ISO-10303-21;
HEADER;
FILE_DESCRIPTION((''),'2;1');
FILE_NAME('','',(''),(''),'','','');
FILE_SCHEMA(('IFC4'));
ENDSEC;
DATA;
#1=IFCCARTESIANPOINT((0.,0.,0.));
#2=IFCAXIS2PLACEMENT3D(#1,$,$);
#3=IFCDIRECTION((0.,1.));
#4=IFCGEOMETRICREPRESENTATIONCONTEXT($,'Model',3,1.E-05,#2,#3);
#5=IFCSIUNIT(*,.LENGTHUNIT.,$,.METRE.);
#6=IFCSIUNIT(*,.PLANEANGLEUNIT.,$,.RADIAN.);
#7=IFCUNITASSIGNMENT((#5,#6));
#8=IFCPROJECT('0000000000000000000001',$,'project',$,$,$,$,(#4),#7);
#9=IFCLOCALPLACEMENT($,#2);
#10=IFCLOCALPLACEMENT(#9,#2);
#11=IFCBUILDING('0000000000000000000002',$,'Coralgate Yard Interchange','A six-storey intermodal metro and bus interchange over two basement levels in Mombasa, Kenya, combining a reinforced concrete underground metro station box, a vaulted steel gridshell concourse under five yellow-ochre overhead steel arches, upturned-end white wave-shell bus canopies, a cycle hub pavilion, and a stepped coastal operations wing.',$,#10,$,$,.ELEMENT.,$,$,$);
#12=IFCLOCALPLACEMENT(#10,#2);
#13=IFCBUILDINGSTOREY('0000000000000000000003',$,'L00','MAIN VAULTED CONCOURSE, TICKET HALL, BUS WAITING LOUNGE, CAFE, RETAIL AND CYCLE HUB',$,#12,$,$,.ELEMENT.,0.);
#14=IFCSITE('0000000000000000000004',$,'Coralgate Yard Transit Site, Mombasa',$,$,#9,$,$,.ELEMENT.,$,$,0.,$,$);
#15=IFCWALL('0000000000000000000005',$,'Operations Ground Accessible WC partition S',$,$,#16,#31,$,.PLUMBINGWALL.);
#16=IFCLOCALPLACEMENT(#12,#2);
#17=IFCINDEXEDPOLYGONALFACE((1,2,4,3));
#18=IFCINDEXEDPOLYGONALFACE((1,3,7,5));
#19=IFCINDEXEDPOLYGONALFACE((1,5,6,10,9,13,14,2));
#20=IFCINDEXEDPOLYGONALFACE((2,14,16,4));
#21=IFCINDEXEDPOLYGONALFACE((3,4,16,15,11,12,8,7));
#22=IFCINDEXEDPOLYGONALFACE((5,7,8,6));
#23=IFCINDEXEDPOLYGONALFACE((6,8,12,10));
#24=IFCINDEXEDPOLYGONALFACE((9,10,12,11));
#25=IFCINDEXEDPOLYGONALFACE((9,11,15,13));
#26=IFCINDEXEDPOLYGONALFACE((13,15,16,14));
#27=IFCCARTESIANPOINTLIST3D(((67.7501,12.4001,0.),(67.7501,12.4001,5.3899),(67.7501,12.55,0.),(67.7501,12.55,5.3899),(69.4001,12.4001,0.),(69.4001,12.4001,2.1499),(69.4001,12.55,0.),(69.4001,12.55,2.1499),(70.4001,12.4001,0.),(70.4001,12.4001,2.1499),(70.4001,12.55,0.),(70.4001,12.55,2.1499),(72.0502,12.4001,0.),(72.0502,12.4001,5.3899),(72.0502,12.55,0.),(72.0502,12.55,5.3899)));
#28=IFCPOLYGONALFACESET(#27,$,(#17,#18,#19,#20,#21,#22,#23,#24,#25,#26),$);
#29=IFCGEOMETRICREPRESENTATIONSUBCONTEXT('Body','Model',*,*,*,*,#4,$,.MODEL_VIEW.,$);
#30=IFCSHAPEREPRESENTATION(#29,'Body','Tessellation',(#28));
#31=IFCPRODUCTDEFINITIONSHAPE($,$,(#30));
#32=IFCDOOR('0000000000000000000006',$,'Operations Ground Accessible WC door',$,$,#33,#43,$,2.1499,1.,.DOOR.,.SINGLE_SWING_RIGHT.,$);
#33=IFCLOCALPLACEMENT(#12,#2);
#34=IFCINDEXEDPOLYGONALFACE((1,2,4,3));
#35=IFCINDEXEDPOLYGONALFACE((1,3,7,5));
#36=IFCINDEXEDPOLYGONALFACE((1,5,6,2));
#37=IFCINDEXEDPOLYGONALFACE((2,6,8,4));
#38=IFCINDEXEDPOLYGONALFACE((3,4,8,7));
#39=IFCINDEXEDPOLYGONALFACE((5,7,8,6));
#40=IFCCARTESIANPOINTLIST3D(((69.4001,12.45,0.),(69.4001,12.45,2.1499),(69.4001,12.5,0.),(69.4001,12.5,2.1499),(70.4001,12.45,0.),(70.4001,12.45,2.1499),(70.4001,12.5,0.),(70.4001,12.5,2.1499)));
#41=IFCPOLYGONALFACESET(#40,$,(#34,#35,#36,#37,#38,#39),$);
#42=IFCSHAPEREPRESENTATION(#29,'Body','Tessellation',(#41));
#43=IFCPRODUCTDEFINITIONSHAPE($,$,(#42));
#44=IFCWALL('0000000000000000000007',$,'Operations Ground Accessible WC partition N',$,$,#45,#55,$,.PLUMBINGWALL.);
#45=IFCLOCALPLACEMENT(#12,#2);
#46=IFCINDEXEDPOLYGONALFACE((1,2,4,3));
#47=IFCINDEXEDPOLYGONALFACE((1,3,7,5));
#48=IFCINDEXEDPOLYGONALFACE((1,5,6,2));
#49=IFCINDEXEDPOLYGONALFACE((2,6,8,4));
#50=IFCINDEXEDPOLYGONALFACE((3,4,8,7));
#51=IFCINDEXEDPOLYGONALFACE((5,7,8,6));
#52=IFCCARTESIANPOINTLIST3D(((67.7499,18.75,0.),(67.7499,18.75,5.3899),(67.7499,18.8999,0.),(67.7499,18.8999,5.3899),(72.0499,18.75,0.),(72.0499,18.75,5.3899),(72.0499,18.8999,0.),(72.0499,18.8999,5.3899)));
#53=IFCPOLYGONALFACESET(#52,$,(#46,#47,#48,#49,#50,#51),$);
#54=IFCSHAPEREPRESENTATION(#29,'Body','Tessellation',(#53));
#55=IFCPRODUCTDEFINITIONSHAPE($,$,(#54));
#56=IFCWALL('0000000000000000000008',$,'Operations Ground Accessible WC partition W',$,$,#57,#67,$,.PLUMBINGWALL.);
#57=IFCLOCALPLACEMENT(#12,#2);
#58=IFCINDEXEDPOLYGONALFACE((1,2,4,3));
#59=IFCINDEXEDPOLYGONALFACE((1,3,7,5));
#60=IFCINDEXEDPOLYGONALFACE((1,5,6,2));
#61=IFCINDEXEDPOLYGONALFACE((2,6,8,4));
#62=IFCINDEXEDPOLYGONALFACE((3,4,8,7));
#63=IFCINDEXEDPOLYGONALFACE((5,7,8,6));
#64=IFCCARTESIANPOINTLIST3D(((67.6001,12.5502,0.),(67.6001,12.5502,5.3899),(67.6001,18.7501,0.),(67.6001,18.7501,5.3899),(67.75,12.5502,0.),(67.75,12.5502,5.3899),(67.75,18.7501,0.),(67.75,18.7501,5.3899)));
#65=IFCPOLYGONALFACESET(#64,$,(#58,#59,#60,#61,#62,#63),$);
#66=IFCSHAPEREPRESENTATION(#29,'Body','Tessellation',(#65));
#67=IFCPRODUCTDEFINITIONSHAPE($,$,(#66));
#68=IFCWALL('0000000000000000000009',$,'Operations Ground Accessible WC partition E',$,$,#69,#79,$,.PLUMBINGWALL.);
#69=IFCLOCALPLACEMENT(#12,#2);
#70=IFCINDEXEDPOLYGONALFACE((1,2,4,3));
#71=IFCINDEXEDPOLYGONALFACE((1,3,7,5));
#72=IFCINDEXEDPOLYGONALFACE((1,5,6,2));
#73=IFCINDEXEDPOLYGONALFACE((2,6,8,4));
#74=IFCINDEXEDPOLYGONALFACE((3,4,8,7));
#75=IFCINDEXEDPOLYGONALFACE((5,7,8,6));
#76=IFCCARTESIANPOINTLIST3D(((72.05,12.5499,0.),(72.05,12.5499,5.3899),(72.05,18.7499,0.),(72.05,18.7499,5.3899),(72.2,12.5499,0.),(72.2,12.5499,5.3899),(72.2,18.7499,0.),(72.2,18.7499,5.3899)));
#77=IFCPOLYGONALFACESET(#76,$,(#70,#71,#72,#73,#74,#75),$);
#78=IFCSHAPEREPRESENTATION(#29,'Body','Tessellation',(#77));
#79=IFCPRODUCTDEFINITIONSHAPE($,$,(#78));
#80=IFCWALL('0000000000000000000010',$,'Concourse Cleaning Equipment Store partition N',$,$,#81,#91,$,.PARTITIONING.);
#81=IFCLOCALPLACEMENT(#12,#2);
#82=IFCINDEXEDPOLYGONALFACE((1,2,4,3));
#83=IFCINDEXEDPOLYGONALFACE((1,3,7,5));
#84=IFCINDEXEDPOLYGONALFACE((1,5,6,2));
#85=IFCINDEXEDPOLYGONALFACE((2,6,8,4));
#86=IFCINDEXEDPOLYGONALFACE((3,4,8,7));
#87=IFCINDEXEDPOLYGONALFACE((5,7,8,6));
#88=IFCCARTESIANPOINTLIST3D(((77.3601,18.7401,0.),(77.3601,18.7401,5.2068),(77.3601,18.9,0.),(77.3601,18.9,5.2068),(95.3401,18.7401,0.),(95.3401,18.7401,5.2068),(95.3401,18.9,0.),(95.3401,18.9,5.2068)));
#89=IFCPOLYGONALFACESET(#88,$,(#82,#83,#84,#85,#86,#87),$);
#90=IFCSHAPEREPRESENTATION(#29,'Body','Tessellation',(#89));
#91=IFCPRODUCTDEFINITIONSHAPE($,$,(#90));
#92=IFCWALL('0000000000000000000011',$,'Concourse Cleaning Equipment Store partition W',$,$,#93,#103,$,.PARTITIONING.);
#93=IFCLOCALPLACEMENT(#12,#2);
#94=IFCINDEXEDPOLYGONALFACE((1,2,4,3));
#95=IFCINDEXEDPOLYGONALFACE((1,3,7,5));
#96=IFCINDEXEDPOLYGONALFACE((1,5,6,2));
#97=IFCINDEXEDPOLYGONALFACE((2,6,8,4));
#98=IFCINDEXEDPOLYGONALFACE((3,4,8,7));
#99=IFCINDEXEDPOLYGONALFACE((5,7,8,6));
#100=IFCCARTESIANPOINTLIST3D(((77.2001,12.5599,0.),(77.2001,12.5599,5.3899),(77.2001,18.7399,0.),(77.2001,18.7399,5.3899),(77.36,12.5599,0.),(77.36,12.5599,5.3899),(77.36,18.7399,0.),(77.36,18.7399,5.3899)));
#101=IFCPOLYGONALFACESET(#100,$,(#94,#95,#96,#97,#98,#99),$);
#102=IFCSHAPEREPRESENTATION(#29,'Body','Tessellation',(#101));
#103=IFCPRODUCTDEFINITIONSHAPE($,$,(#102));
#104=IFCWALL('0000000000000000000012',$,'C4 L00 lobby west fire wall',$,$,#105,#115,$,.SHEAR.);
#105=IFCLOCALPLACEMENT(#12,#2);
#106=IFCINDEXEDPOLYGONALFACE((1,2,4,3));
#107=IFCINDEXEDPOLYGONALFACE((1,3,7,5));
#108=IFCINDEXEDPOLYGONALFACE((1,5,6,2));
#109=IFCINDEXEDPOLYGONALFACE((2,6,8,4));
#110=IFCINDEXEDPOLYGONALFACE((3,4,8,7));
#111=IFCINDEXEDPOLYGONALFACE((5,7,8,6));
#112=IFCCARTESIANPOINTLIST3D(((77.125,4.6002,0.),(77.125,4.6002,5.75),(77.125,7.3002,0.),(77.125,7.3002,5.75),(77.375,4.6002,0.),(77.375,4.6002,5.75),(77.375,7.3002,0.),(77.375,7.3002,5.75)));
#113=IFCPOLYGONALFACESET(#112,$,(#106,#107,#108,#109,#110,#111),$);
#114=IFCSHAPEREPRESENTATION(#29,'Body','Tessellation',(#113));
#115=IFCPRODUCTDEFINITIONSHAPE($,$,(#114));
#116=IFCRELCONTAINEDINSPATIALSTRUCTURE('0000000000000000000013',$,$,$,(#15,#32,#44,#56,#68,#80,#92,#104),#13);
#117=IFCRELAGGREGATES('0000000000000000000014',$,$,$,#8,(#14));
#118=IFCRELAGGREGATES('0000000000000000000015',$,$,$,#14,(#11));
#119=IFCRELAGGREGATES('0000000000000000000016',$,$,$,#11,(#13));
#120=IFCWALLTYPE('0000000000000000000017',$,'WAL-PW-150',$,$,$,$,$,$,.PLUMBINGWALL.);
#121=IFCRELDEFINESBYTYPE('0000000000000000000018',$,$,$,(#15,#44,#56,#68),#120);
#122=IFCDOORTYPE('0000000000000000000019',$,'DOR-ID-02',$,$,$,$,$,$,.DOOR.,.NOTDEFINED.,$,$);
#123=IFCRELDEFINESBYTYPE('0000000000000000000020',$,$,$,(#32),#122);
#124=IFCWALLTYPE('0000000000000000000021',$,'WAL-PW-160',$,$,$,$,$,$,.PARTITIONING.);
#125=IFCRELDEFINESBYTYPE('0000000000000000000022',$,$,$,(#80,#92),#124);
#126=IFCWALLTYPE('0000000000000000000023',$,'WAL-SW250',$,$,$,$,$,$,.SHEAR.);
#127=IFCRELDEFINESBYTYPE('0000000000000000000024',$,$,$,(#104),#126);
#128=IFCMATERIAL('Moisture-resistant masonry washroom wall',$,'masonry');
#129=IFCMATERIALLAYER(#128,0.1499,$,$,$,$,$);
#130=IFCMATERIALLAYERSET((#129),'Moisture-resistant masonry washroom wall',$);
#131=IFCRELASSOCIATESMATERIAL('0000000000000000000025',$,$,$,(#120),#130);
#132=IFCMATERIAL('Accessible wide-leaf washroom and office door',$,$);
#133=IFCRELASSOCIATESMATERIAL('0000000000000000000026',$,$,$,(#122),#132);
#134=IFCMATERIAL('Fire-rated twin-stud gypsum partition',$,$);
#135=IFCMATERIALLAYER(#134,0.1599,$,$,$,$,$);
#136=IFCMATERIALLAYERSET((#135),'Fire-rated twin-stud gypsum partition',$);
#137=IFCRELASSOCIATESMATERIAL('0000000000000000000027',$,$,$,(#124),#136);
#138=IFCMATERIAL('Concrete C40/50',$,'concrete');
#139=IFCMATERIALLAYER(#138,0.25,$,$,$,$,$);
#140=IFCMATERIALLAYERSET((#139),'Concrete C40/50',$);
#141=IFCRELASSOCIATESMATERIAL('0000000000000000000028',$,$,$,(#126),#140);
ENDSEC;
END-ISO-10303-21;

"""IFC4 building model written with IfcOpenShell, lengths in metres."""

from ifc_helpers import new_model, si_unit, direction, frame, frame_2d, origin, place, context, subcontext, project, spatial, rectangle, extrude, material, layer, layer_set, type_object, element, fill, save


model = new_model("IFC4")

# Units and contexts
model_context = context("Model", 3, precision=1e-05, world=origin(), true_north=direction((0.0, 1.0)))
body_context = subcontext(model_context, "Body", "Model", "MODEL_VIEW")
ifc_project = project(units=[si_unit("LENGTHUNIT", "METRE"), si_unit("PLANEANGLEUNIT", "RADIAN")], contexts=[model_context])

# Site, building, storey
site_placement = place(None, origin())
site = spatial("IfcSite", under=ifc_project, at=site_placement, Name="Coralgate Yard Transit Site, Mombasa", CompositionType="ELEMENT", RefElevation=0.0)
building_placement = place(site_placement, origin())
building = spatial("IfcBuilding", under=site, at=building_placement, Name="Coralgate Yard Interchange", Description="A six-storey intermodal metro and bus interchange over two basement levels in Mombasa, Kenya, combining a reinforced concrete underground metro station box, a vaulted steel gridshell concourse under five yellow-ochre overhead steel arches, upturned-end white wave-shell bus canopies, a cycle hub pavilion, and a stepped coastal operations wing.", CompositionType="ELEMENT")
storey_placement = place(building_placement, origin())
storey = spatial("IfcBuildingStorey", under=building, at=storey_placement, Name="L00", Description="MAIN VAULTED CONCOURSE, TICKET HALL, BUS WAITING LOUNGE, CAFE, RETAIL AND CYCLE HUB", CompositionType="ELEMENT", Elevation=0.0)

# Shared definitions
ifc_material_1 = material(Name="Concrete C40/50", Category="concrete")

# Wall, opening, door
ifc_material_2 = material(Name="Moisture-resistant masonry washroom wall", Category="masonry")
ifc_layer_1 = layer(ifc_material_2, 0.1499)
ifc_layer_set_1 = layer_set([ifc_layer_1], Name="Moisture-resistant masonry washroom wall")
wall_type_1 = type_object("IfcWallType", Name="WAL-PW-150", PredefinedType="PLUMBINGWALL", material=ifc_layer_set_1)
wall_1_placement = place(storey_placement, frame((72.05, 12.4751, 0.0), z_axis=(0.0, 0.0, 1.0), x_axis=(-1.0, 0.0, 0.0)))
wall_1 = element("IfcWall", 1, at=wall_1_placement, inside=storey, type_object=wall_type_1, Name="Operations Ground Accessible WC partition S", PredefinedType="PLUMBINGWALL", context=body_context, shape_type="SweptSolid", body=[
    extrude(rectangle(XDim=4.3, YDim=0.1499, at=frame_2d((2.1499, 0.0))), origin(), (0.0, 0.0, 1.0), 5.3899),
])
opening_placement = place(wall_1_placement, frame((1.6499, 0.0, 0.0)))
opening = element("IfcOpeningElement", 2, at=opening_placement, cuts=wall_1, PredefinedType="OPENING", context=body_context, shape_type="SweptSolid", body=[
    extrude(rectangle(XDim=1.0, YDim=2.1499, at=frame_2d((0.5, 1.075))), frame((0.0, 0.085, 0.0), z_axis=(0.0, -1.0, 0.0), x_axis=(1.0, 0.0, 0.0)), (0.0, 0.0, 1.0), 0.1699),
])
ifc_material_3 = material(Name="Accessible wide-leaf washroom and office door")
door_type = type_object("IfcDoorType", Name="DOR-ID-02", OperationType="NOTDEFINED", PredefinedType="DOOR", material=ifc_material_3)
door_placement = place(opening_placement, frame((1.0, 0.0, 0.0), z_axis=(0.0, 0.0, 1.0), x_axis=(-1.0, 0.0, 0.0)))
door = element("IfcDoor", 3, at=door_placement, inside=storey, type_object=door_type, Name="Operations Ground Accessible WC door", OperationType="SINGLE_SWING_RIGHT", OverallHeight=2.1499, OverallWidth=1.0, PredefinedType="DOOR", context=body_context, shape_type="SweptSolid", body=[
    extrude(rectangle(XDim=1.0, YDim=2.1499, at=frame_2d((0.5, 1.075))), frame((0.0, 0.0249, 0.0), z_axis=(0.0, -1.0, 0.0), x_axis=(1.0, 0.0, 0.0)), (0.0, 0.0, 1.0), 0.05),
])
fill(opening, door)

# Walls
wall_2_placement = place(storey_placement, frame((67.75, 18.825, 0.0), z_axis=(0.0, 0.0, 1.0), x_axis=(1.0, 0.0, 0.0)))
element("IfcWall", 4, at=wall_2_placement, inside=storey, type_object=wall_type_1, Name="Operations Ground Accessible WC partition N", PredefinedType="PLUMBINGWALL", context=body_context, shape_type="SweptSolid", body=[
    extrude(rectangle(XDim=4.3, YDim=0.1499, at=frame_2d((2.1499, 0.0))), origin(), (0.0, 0.0, 1.0), 5.3899),
])
for number, where, z_axis, x_axis, name in (
    (5, (67.675, 12.55, 0.0), (0.0, 0.0, 1.0), (0.0, 1.0, 0.0), "Operations Ground Accessible WC partition W"),
    (6, (72.125, 18.75, 0.0), (0.0, 0.0, 1.0), (0.0, -1.0, 0.0), "Operations Ground Accessible WC partition E"),
):
    element("IfcWall", number, at=place(storey_placement, frame(where, z_axis=z_axis, x_axis=x_axis)), inside=storey, type_object=wall_type_1, Name=name, PredefinedType="PLUMBINGWALL", context=body_context, shape_type="SweptSolid", body=[
        extrude(rectangle(XDim=6.2, YDim=0.1499, at=frame_2d((3.1001, 0.0))), origin(), (0.0, 0.0, 1.0), 5.3899),
    ])
ifc_material_4 = material(Name="Fire-rated twin-stud gypsum partition")
ifc_layer_2 = layer(ifc_material_4, 0.1599)
ifc_layer_set_2 = layer_set([ifc_layer_2], Name="Fire-rated twin-stud gypsum partition")
wall_type_2 = type_object("IfcWallType", Name="WAL-PW-160", PredefinedType="PARTITIONING", material=ifc_layer_set_2)
wall_3_placement = place(storey_placement, frame((77.3601, 18.8201, 0.0), z_axis=(0.0, 0.0, 1.0), x_axis=(1.0, 0.0, 0.0)))
element("IfcWall", 7, at=wall_3_placement, inside=storey, type_object=wall_type_2, Name="Concourse Cleaning Equipment Store partition N", PredefinedType="PARTITIONING", context=body_context, shape_type="SweptSolid", body=[
    extrude(rectangle(XDim=17.98, YDim=0.1599, at=frame_2d((8.99, 0.0))), origin(), (0.0, 0.0, 1.0), 5.2068),
])
wall_4_placement = place(storey_placement, frame((77.28, 12.5601, 0.0), z_axis=(0.0, 0.0, 1.0), x_axis=(0.0, 1.0, 0.0)))
element("IfcWall", 8, at=wall_4_placement, inside=storey, type_object=wall_type_2, Name="Concourse Cleaning Equipment Store partition W", PredefinedType="PARTITIONING", context=body_context, shape_type="SweptSolid", body=[
    extrude(rectangle(XDim=6.1799, YDim=0.1599, at=frame_2d((3.0898, 0.0))), origin(), (0.0, 0.0, 1.0), 5.3899),
])
ifc_layer_3 = layer(ifc_material_1, 0.25)
ifc_layer_set_3 = layer_set([ifc_layer_3], Name="Concrete C40/50")
wall_type_3 = type_object("IfcWallType", Name="WAL-SW250", PredefinedType="SHEAR", material=ifc_layer_set_3)
wall_5_placement = place(storey_placement, frame((77.25, 4.6001, 0.0), z_axis=(0.0, 0.0, 1.0), x_axis=(0.0, 1.0, 0.0)))
element("IfcWall", 9, at=wall_5_placement, inside=storey, type_object=wall_type_3, Name="C4 L00 lobby west fire wall", PredefinedType="SHEAR", context=body_context, shape_type="SweptSolid", body=[
    extrude(rectangle(XDim=2.7, YDim=0.25, at=frame_2d((1.3501, 0.0))), origin(), (0.0, 0.0, 1.0), 5.75),
])

save(model, "model.ifc")
